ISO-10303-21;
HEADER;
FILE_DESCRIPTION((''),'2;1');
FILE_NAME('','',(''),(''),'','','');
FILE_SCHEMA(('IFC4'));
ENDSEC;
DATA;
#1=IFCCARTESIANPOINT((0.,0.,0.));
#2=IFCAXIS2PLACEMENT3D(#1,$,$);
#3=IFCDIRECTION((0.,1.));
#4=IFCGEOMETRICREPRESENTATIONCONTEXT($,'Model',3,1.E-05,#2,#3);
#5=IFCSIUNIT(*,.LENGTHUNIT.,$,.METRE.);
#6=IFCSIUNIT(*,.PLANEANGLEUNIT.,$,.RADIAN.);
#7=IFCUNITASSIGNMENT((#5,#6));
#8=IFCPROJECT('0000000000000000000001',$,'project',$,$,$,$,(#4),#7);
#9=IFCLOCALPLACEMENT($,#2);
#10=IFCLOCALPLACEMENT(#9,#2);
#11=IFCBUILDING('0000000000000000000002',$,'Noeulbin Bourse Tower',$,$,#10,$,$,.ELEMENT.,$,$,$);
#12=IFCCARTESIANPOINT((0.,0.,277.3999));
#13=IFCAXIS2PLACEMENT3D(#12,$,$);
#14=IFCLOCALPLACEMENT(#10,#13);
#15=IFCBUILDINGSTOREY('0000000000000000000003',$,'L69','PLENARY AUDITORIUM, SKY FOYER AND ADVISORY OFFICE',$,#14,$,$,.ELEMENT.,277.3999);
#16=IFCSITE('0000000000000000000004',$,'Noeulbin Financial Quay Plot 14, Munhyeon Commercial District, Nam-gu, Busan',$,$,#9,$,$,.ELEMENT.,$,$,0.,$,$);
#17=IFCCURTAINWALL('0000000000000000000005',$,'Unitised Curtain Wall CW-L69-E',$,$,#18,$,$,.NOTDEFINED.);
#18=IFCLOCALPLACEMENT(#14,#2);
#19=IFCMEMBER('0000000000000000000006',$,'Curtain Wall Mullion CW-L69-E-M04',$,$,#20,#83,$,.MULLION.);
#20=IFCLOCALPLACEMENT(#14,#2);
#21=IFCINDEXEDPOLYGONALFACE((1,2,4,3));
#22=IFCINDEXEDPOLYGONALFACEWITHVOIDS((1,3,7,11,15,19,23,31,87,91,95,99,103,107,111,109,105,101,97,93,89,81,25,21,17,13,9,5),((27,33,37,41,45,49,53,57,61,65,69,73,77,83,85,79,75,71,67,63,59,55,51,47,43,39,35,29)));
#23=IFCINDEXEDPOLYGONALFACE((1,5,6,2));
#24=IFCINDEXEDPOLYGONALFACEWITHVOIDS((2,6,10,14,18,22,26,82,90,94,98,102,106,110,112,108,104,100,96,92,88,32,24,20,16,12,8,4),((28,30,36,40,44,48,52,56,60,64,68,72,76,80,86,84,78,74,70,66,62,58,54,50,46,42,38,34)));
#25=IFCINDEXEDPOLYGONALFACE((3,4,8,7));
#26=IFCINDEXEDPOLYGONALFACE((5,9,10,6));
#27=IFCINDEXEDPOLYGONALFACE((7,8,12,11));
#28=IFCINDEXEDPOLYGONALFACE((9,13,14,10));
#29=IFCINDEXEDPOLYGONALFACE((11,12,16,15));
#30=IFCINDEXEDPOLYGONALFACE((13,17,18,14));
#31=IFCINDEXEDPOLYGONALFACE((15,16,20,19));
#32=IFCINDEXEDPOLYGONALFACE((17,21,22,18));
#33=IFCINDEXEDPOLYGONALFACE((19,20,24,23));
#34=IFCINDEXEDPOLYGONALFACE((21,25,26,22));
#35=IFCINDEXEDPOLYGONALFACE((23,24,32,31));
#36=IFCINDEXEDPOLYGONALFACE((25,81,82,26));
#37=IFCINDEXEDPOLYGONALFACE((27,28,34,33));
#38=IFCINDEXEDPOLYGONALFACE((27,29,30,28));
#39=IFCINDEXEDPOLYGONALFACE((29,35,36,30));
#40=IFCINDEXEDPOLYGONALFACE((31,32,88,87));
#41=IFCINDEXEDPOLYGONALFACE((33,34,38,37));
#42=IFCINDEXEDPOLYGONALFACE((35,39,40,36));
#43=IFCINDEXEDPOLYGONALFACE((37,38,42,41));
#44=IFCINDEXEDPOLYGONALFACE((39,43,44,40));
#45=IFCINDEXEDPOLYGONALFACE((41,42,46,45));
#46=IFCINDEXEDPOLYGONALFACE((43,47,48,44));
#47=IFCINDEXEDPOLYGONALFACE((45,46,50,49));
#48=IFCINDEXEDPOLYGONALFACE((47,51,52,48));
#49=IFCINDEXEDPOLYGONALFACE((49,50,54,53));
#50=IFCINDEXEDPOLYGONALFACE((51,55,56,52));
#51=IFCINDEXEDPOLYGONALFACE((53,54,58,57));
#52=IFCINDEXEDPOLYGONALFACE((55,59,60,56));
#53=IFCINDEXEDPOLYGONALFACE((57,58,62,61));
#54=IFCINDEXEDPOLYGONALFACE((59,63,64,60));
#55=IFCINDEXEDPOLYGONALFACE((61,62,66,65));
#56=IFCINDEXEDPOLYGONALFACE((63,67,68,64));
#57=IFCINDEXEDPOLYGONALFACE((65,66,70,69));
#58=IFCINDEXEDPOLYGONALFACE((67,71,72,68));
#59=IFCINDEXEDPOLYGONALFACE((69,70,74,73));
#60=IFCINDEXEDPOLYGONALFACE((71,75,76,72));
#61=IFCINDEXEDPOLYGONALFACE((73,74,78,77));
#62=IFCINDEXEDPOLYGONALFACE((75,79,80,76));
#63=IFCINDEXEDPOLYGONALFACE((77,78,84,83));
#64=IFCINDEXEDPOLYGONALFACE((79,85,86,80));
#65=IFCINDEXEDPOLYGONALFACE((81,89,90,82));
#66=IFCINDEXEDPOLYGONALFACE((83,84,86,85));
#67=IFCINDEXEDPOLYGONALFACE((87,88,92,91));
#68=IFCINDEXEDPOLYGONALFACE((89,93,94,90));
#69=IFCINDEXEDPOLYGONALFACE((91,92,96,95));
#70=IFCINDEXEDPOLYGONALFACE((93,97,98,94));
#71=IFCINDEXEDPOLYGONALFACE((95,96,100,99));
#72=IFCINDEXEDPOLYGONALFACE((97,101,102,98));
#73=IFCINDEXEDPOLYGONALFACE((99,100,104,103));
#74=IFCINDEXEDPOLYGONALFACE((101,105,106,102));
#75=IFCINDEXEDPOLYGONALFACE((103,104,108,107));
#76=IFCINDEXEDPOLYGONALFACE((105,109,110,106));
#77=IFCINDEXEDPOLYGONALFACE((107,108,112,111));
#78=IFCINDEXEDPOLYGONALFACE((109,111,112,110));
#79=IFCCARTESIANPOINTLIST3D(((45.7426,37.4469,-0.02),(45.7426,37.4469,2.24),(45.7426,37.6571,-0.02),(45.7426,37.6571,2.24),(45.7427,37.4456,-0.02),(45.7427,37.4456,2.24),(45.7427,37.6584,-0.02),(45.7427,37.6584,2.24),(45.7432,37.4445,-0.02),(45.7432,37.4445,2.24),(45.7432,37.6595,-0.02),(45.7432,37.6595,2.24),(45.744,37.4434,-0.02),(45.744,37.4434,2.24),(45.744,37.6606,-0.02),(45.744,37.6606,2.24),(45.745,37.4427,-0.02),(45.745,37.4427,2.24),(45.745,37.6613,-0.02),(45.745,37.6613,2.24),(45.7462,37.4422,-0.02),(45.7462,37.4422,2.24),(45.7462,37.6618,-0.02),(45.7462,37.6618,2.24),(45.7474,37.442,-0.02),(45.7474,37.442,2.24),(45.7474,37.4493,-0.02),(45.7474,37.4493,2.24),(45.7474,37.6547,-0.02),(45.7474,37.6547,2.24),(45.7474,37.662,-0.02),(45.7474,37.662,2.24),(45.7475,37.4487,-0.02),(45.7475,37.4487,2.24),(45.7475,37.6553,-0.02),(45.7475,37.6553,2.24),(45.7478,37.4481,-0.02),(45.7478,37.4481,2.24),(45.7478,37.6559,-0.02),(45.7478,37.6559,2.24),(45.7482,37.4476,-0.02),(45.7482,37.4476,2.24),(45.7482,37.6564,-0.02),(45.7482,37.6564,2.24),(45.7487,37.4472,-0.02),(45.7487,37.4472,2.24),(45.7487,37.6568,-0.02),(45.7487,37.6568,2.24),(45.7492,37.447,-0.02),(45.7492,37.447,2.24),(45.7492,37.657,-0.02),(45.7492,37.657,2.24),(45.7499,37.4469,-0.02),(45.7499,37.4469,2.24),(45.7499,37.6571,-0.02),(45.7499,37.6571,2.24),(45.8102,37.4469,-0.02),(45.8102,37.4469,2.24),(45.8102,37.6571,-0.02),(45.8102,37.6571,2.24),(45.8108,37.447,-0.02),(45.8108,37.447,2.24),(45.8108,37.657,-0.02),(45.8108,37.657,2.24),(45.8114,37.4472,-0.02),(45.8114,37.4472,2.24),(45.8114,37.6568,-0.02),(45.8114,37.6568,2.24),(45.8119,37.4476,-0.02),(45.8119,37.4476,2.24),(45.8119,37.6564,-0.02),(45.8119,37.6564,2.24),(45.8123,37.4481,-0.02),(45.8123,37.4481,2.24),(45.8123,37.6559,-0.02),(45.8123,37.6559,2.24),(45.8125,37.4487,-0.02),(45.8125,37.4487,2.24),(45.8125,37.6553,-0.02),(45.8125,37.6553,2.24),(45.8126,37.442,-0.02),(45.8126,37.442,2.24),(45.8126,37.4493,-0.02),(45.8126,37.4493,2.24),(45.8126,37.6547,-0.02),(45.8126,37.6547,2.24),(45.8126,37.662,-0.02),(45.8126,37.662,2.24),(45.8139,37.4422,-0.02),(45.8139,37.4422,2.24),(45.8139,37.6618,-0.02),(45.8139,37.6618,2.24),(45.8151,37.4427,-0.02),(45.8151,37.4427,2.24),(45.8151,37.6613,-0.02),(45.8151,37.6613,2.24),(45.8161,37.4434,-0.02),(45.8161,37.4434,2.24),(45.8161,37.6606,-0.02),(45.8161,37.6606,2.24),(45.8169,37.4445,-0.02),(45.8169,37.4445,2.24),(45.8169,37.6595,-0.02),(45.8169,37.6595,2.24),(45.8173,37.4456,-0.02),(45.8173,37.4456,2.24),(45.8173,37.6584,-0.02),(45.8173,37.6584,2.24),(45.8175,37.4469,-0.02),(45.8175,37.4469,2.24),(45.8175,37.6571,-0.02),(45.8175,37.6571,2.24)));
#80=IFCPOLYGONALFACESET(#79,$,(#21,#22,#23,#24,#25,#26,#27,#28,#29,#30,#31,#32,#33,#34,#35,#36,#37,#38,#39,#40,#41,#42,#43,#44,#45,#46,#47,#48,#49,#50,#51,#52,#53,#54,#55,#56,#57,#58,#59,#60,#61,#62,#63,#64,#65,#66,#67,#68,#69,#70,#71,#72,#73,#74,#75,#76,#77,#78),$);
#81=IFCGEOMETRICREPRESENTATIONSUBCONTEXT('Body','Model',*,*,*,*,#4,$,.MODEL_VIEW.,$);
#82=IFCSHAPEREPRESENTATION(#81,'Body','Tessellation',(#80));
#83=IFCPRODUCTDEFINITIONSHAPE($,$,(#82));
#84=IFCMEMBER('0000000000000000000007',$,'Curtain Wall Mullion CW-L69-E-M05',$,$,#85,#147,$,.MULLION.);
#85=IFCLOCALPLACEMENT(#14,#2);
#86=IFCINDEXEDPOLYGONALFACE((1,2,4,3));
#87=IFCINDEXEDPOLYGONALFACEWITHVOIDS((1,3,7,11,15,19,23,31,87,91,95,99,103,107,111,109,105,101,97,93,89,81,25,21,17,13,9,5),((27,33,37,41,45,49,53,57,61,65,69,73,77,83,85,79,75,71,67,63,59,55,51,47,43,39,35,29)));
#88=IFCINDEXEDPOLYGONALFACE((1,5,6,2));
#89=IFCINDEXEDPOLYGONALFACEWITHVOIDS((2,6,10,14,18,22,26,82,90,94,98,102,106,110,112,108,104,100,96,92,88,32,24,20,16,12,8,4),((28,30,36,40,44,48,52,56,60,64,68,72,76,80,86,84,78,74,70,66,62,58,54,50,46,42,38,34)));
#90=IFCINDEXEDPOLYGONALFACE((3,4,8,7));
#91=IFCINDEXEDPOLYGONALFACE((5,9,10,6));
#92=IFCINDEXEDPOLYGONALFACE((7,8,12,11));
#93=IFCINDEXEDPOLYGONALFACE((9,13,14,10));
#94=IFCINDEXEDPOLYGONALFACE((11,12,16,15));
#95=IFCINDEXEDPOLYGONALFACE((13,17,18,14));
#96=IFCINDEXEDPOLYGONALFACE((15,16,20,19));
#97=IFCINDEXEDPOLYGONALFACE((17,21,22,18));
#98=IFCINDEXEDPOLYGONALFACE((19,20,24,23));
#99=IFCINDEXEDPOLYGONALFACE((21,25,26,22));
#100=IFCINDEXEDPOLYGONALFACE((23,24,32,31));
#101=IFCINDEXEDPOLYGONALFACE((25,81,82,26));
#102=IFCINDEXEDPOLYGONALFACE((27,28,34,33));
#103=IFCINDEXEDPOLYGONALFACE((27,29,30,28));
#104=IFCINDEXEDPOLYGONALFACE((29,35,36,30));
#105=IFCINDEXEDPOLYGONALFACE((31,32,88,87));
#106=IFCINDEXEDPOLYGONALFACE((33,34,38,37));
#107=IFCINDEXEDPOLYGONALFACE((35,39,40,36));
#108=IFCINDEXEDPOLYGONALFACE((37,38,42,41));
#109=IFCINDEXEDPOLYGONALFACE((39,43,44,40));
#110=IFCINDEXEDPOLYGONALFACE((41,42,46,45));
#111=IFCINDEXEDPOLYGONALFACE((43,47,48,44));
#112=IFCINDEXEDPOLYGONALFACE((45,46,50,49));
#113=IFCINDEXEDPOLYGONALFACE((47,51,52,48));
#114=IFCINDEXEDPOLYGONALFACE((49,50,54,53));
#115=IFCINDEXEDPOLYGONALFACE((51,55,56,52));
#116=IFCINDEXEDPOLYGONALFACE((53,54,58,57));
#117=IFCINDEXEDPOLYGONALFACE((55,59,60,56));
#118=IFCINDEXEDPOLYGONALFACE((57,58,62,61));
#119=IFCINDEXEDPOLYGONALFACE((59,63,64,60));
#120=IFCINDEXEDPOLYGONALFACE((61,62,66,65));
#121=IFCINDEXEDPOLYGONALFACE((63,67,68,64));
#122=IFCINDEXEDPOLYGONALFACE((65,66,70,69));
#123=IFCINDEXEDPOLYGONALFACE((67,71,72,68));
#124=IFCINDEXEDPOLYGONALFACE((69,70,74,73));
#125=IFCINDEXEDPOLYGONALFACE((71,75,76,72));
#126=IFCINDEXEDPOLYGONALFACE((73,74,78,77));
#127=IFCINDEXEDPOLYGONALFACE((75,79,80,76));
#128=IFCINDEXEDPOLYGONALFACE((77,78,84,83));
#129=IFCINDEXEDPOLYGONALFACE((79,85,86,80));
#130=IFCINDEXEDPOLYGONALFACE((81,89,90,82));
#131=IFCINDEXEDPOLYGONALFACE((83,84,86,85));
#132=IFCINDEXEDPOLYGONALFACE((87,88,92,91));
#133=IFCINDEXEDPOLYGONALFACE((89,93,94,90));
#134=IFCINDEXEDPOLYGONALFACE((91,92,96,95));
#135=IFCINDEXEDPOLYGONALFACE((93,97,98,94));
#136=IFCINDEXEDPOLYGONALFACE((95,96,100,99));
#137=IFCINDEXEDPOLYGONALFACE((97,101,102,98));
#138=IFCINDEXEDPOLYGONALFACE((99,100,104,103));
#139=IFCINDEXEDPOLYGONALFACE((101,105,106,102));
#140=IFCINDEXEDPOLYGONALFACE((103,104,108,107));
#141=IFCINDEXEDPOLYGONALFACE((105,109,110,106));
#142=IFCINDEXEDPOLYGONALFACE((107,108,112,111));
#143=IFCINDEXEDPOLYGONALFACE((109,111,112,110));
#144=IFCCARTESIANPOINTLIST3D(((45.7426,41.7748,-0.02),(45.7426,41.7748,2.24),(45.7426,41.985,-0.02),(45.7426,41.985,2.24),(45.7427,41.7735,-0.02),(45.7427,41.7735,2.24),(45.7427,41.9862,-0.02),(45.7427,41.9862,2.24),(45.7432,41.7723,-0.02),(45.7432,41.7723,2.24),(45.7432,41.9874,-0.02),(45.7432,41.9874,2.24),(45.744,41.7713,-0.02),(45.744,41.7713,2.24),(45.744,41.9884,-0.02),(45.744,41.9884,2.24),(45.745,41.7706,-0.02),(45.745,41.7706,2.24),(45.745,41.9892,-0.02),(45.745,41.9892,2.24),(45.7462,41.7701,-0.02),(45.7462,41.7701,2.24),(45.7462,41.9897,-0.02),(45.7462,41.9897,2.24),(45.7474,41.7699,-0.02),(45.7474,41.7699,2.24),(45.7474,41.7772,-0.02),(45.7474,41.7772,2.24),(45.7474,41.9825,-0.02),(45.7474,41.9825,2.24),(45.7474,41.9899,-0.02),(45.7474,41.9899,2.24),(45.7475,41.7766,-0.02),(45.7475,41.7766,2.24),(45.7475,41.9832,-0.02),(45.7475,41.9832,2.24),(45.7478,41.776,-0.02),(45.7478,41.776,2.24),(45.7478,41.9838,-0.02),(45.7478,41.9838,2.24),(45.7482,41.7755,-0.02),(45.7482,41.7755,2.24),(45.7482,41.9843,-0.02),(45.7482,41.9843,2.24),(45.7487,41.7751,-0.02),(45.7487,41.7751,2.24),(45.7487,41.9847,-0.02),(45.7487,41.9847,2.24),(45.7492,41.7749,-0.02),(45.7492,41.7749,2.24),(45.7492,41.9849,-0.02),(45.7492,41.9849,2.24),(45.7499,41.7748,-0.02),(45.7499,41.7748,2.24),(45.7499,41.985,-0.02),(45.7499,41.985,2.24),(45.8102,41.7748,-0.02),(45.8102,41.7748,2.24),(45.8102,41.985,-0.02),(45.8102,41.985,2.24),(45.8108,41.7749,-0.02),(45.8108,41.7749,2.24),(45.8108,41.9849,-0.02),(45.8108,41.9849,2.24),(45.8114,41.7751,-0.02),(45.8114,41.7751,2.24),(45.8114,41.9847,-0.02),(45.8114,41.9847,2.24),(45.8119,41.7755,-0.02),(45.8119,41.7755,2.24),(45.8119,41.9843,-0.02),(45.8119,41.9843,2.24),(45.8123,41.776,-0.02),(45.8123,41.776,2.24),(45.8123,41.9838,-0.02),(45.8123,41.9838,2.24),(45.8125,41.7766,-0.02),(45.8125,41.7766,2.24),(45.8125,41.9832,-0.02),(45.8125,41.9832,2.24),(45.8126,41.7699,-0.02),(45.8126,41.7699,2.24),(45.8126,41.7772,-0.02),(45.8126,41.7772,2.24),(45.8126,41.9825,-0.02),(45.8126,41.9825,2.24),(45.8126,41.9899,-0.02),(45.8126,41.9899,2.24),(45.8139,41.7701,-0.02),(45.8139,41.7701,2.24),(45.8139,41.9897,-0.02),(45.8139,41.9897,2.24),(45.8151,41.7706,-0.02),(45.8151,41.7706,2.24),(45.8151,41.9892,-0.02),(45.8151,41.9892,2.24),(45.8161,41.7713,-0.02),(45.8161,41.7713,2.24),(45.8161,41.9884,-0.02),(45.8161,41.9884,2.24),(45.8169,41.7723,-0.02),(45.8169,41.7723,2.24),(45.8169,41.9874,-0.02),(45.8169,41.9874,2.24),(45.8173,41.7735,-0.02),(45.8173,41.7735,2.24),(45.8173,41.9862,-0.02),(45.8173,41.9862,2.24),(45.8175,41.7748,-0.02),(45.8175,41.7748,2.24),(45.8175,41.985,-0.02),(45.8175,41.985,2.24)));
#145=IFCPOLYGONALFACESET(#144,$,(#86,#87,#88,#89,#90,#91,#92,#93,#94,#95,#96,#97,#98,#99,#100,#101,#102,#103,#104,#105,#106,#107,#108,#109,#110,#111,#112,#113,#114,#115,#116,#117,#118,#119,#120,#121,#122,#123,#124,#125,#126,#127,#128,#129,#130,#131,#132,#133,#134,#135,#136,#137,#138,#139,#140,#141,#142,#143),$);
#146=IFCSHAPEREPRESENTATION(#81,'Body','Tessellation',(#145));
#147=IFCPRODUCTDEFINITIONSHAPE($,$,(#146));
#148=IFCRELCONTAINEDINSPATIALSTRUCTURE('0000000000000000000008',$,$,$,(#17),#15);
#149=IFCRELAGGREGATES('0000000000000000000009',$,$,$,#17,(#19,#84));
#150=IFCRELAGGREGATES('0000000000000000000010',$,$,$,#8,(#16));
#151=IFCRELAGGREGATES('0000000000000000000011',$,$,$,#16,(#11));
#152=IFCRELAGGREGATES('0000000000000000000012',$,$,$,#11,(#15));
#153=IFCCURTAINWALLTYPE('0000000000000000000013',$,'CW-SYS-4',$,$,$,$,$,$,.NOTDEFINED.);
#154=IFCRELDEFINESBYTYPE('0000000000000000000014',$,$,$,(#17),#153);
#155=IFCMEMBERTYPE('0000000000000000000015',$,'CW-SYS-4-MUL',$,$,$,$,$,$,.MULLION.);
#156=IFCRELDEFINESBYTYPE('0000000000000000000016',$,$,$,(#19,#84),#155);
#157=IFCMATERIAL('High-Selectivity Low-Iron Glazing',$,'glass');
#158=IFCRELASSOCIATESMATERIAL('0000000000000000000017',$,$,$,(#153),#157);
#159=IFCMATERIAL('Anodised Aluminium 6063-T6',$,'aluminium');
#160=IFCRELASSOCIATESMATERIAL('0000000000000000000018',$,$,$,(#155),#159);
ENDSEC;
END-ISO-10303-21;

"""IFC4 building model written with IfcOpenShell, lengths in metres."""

from ifc_helpers import new_model, si_unit, direction, frame, origin, origin_2d, place, context, subcontext, project, spatial, hollow_rectangle, extrude, material, material_profile, profile_set, type_object, element, aggregate, save


model = new_model("IFC4")

# Units and contexts
model_context = context("Model", 3, precision=1e-05, world=origin(), true_north=direction((0.0, 1.0)))
body_context = subcontext(model_context, "Body", "Model", "MODEL_VIEW")
ifc_project = project(units=[si_unit("LENGTHUNIT", "METRE"), si_unit("PLANEANGLEUNIT", "RADIAN")], contexts=[model_context])

# Site, building, storey
site_placement = place(None, origin())
site = spatial("IfcSite", under=ifc_project, at=site_placement, Name="Noeulbin Financial Quay Plot 14, Munhyeon Commercial District, Nam-gu, Busan", CompositionType="ELEMENT", RefElevation=0.0)
building_placement = place(site_placement, origin())
building = spatial("IfcBuilding", under=site, at=building_placement, Name="Noeulbin Bourse Tower", CompositionType="ELEMENT")
storey_placement = place(building_placement, frame((0.0, 0.0, 277.3999)))
storey = spatial("IfcBuildingStorey", under=building, at=storey_placement, Name="L69", Description="PLENARY AUDITORIUM, SKY FOYER AND ADVISORY OFFICE", CompositionType="ELEMENT", Elevation=277.3999)

# Curtain wall, members
ifc_material_1 = material(Name="High-Selectivity Low-Iron Glazing", Category="glass")
curtain_wall_type = type_object("IfcCurtainWallType", Name="CW-SYS-4", PredefinedType="NOTDEFINED", material=ifc_material_1)
ifc_material_2 = material(Name="Anodised Aluminium 6063-T6", Category="aluminium")
ifc_material_profile_1 = material_profile(ifc_material_2, hollow_rectangle(XDim=0.075, YDim=0.22, WallThickness=0.0049, InnerFilletRadius=0.0024, OuterFilletRadius=0.0049, at=origin_2d()), Name="ALU-MULL-75x220x5", Category="LoadBearing")
ifc_profile_set_1 = profile_set([ifc_material_profile_1], Name="Anodised Aluminium 6063-T6")
member_type_1 = type_object("IfcMemberType", Name="CW-SYS-4-MUL", PredefinedType="MULLION", material=ifc_profile_set_1)
curtain_wall_1_placement = place(storey_placement, origin())
curtain_wall_1 = element("IfcCurtainWall", 1, at=curtain_wall_1_placement, inside=storey, type_object=curtain_wall_type, Name="Unitised Curtain Wall CW-L69-E", PredefinedType="NOTDEFINED")
member_1_placement = place(storey_placement, frame((45.78, 37.552, -0.02), z_axis=(0.0, 0.0, 1.0), x_axis=(1.0, 0.0, 0.0)))
member_1 = element("IfcMember", 2, at=member_1_placement, type_object=member_type_1, Name="Curtain Wall Mullion CW-L69-E-M04", PredefinedType="MULLION", context=body_context, shape_type="SweptSolid", body=[
    extrude(hollow_rectangle(XDim=0.075, YDim=0.22, WallThickness=0.0049, InnerFilletRadius=0.0024, OuterFilletRadius=0.0049, at=origin_2d()), origin(), (0.0, 0.0, 1.0), 2.26),
])
member_2_placement = place(storey_placement, frame((45.78, 41.8799, -0.02), z_axis=(0.0, 0.0, 1.0), x_axis=(1.0, 0.0, 0.0)))
member_2 = element("IfcMember", 3, at=member_2_placement, type_object=member_type_1, Name="Curtain Wall Mullion CW-L69-E-M05", PredefinedType="MULLION", context=body_context, shape_type="SweptSolid", body=[
    extrude(hollow_rectangle(XDim=0.075, YDim=0.22, WallThickness=0.0049, InnerFilletRadius=0.0024, OuterFilletRadius=0.0049, at=origin_2d()), origin(), (0.0, 0.0, 1.0), 2.26),
])

aggregate(curtain_wall_1, [member_1, member_2])

save(model, "model.ifc")
